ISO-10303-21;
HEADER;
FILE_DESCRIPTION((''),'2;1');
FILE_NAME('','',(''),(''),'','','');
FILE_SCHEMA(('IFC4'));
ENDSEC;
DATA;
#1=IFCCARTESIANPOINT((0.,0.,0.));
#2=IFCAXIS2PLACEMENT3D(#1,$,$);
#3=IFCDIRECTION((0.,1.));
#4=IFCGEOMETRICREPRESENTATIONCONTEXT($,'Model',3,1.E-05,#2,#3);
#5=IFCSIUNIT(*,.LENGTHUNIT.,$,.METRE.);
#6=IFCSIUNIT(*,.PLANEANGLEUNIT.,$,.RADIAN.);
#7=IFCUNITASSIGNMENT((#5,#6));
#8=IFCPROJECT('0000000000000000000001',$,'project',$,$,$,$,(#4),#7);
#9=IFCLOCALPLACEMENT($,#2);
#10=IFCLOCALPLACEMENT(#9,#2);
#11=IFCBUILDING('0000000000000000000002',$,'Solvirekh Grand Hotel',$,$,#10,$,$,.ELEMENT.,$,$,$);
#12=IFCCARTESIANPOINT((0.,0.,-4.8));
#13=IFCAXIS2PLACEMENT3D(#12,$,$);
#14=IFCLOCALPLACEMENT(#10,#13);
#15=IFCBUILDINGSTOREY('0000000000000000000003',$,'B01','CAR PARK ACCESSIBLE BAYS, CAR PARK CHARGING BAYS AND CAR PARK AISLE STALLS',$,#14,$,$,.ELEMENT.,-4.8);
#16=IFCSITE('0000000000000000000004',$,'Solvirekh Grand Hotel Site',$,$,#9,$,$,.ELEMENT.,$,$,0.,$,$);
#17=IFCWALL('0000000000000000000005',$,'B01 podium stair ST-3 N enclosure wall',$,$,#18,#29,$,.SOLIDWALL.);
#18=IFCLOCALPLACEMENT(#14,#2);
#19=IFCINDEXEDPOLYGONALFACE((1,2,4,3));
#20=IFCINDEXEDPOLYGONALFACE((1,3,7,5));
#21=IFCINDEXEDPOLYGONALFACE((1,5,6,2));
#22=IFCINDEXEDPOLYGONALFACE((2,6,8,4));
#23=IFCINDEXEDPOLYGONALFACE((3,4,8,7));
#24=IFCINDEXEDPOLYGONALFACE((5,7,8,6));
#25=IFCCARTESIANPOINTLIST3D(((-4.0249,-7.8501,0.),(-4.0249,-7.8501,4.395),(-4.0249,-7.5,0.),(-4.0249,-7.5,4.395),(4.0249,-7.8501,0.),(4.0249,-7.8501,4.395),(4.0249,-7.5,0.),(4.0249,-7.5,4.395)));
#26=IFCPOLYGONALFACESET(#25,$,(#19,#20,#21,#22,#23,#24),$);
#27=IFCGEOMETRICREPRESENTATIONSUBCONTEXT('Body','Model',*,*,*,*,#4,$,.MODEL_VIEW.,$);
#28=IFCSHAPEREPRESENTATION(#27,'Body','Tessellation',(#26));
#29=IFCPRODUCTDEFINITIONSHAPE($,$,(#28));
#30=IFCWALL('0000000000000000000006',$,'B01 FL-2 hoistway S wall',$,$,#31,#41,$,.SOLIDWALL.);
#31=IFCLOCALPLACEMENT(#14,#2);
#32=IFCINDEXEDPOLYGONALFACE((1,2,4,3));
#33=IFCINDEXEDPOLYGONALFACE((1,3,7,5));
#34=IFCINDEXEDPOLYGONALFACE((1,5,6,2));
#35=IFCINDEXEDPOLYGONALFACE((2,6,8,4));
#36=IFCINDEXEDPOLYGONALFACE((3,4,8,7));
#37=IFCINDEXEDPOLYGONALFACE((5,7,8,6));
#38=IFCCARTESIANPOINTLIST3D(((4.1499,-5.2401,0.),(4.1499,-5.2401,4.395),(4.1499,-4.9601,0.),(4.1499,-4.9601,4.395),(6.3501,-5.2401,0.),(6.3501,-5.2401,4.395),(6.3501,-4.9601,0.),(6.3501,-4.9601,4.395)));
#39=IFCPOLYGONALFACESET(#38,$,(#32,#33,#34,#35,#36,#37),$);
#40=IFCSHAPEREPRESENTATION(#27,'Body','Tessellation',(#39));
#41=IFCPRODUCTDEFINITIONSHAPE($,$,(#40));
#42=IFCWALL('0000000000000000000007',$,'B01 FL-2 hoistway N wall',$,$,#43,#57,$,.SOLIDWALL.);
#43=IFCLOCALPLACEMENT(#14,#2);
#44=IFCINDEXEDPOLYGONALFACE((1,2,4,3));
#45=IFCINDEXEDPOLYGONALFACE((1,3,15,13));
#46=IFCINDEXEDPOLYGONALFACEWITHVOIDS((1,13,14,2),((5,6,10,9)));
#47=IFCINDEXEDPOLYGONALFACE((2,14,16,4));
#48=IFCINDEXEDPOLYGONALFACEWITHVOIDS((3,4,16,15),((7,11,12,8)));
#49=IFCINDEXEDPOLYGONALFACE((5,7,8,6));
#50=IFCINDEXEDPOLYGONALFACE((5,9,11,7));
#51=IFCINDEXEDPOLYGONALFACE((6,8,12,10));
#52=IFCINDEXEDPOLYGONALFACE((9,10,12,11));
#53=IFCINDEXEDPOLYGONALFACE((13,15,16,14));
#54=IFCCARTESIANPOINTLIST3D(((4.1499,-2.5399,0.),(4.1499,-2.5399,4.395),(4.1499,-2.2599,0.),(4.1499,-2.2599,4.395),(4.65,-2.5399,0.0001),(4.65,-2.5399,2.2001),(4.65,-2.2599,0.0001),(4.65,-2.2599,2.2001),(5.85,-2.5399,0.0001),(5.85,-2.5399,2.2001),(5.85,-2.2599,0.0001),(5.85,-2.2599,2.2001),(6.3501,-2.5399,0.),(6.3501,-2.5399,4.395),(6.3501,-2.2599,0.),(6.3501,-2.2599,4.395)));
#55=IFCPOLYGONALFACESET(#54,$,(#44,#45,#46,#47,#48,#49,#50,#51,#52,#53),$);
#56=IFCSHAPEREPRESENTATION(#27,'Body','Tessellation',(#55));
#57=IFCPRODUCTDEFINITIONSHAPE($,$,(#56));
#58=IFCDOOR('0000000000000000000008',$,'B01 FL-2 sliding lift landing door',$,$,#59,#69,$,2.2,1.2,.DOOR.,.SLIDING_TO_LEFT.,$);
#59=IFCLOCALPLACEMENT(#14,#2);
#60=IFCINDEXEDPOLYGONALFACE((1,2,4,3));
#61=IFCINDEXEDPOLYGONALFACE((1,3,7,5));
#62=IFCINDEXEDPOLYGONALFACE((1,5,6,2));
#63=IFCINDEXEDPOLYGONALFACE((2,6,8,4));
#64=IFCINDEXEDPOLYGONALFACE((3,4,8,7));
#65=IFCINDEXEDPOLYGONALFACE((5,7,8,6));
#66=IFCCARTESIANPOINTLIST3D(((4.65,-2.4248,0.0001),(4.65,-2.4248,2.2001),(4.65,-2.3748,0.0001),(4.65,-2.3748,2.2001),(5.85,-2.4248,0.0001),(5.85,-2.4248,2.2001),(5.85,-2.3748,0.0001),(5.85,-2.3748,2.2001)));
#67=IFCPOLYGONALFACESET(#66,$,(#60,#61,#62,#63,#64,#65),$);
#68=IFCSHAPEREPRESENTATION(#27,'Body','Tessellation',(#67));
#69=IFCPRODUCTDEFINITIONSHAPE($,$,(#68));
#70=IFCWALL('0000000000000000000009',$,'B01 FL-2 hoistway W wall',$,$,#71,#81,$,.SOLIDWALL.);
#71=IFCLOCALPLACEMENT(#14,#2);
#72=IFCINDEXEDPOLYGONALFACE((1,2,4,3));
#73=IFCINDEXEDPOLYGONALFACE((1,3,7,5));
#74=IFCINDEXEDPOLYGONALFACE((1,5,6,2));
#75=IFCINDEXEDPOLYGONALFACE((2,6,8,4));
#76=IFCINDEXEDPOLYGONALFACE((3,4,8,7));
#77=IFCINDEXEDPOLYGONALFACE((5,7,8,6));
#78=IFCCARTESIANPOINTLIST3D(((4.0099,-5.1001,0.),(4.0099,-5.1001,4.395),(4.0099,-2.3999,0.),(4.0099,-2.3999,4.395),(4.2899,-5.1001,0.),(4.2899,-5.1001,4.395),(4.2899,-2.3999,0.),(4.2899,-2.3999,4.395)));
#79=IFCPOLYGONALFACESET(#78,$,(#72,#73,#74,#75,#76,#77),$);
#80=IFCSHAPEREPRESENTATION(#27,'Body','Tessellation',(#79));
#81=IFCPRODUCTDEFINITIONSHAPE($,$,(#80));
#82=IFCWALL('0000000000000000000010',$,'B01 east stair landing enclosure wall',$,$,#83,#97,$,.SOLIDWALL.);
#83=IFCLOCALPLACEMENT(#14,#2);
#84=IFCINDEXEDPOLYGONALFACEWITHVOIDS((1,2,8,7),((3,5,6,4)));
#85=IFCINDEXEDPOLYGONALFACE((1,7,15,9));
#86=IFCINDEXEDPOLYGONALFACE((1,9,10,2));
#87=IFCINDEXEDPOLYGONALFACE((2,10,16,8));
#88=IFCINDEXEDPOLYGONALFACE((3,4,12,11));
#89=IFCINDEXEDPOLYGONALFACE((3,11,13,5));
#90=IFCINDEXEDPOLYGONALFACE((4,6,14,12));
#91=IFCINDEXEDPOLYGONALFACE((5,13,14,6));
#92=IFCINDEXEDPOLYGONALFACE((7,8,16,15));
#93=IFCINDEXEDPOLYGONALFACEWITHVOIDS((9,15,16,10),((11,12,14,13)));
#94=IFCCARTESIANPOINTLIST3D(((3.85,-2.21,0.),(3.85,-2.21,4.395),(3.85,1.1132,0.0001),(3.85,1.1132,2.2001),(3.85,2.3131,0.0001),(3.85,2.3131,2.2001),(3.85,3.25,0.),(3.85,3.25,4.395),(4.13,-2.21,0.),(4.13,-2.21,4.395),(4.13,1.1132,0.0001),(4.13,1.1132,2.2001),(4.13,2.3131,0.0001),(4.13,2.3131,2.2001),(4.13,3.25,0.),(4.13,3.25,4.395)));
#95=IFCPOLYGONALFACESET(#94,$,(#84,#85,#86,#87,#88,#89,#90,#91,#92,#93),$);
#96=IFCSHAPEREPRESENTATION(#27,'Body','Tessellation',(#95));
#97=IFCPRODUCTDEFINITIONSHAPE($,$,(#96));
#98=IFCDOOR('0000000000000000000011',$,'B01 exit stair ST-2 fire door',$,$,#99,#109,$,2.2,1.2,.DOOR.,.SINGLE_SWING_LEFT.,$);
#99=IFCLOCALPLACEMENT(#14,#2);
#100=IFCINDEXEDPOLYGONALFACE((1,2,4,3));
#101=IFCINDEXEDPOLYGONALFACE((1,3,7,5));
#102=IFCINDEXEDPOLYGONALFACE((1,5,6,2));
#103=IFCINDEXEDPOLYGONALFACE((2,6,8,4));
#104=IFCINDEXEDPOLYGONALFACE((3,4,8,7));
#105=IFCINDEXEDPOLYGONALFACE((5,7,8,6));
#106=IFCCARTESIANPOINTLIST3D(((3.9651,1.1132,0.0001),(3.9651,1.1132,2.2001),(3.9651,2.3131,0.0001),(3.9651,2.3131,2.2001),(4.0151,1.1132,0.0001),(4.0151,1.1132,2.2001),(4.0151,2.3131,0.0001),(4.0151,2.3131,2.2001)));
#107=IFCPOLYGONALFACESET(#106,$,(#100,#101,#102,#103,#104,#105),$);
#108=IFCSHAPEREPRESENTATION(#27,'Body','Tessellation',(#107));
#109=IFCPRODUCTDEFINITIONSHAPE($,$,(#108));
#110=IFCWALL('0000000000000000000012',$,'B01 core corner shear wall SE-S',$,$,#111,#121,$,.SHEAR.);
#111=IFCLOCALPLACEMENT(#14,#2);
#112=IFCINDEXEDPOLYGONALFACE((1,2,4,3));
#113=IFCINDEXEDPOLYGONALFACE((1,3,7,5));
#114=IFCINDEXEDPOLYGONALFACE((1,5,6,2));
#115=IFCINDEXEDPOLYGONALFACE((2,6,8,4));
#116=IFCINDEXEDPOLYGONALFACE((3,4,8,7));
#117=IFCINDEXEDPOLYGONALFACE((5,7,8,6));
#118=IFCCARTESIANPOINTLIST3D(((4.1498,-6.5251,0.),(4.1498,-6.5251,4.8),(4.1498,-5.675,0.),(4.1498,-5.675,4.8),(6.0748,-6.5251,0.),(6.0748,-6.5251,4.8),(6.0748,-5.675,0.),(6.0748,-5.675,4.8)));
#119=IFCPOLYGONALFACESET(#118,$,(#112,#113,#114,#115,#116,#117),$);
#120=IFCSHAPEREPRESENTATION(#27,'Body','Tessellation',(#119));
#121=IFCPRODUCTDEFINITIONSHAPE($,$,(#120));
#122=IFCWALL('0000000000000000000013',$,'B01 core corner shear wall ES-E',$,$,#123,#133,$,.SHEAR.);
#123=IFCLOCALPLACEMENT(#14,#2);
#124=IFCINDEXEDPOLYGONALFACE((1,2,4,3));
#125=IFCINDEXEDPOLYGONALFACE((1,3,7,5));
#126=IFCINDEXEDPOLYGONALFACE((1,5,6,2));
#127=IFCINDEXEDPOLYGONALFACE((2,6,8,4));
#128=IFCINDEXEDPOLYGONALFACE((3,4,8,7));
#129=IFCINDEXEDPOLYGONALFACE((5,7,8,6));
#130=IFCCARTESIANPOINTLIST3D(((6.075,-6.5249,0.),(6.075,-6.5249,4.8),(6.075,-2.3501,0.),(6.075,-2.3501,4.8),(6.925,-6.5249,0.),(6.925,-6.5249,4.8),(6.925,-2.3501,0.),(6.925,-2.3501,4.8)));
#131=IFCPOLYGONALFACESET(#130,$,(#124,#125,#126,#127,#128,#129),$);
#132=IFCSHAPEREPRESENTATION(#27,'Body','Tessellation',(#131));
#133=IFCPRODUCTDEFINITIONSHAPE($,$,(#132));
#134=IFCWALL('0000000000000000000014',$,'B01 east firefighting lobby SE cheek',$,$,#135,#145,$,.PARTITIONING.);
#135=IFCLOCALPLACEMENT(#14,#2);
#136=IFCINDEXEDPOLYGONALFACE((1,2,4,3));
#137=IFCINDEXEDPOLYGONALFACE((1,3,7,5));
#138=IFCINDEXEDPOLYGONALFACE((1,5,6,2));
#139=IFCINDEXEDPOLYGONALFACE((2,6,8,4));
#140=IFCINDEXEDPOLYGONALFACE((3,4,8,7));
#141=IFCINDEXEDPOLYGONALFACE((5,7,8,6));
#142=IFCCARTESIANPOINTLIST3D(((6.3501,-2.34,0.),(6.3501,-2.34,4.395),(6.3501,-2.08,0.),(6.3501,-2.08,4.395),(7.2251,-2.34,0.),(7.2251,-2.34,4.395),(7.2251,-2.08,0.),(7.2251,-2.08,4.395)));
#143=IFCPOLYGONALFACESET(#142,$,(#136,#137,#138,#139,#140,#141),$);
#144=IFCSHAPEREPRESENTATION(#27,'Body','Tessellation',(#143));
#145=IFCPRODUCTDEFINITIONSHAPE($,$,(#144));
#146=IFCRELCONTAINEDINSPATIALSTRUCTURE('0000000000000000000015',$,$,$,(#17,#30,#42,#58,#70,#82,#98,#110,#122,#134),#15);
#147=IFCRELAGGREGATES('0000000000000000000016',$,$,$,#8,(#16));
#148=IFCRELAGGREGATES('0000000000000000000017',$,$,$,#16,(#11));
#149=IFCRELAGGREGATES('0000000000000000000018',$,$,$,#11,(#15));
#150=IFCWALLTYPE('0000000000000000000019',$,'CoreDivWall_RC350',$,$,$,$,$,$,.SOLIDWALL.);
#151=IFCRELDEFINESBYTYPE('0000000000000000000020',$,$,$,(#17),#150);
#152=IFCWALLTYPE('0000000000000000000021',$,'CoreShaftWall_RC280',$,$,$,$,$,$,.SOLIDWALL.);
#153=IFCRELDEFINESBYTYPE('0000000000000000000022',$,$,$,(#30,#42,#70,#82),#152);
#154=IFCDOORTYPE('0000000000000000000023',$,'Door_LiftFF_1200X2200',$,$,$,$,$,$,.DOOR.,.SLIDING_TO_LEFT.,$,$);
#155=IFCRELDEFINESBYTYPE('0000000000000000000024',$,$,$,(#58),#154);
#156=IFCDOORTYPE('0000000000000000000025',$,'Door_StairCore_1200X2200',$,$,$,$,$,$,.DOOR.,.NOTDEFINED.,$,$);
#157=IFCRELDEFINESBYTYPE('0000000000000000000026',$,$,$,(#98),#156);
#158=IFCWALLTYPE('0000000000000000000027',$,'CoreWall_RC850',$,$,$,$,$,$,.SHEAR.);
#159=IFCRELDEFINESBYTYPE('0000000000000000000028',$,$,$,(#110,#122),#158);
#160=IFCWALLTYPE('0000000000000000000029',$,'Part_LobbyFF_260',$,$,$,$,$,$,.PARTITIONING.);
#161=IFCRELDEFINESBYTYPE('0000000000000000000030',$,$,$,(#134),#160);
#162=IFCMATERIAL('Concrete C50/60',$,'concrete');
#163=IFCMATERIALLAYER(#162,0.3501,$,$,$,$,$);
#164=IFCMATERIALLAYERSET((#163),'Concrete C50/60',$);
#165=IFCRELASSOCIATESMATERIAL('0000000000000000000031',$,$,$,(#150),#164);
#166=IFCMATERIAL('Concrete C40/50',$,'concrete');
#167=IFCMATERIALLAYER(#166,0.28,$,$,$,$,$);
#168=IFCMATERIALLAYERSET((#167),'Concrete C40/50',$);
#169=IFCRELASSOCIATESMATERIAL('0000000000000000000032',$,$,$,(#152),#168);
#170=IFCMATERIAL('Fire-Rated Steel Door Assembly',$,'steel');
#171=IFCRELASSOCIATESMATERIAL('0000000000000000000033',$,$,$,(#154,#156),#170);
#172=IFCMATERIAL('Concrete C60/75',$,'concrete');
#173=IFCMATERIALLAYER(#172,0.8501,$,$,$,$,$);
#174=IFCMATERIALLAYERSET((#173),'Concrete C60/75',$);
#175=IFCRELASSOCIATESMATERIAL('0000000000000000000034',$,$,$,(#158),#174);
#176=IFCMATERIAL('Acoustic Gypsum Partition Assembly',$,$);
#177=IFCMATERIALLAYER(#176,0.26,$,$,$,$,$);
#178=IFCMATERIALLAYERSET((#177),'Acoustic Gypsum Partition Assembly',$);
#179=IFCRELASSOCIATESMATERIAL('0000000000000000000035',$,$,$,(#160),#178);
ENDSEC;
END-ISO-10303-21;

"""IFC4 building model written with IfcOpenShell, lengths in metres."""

from ifc_helpers import new_model, si_unit, direction, frame, frame_2d, origin, place, context, subcontext, project, spatial, rectangle, extrude, material, layer, layer_set, type_object, element, fill, save


model = new_model("IFC4")

# Units and contexts
model_context = context("Model", 3, precision=1e-05, world=origin(), true_north=direction((0.0, 1.0)))
body_context = subcontext(model_context, "Body", "Model", "MODEL_VIEW")
ifc_project = project(units=[si_unit("LENGTHUNIT", "METRE"), si_unit("PLANEANGLEUNIT", "RADIAN")], contexts=[model_context])

# Site, building, storey
site_placement = place(None, origin())
site = spatial("IfcSite", under=ifc_project, at=site_placement, Name="Solvirekh Grand Hotel Site", CompositionType="ELEMENT", RefElevation=0.0)
building_placement = place(site_placement, origin())
building = spatial("IfcBuilding", under=site, at=building_placement, Name="Solvirekh Grand Hotel", CompositionType="ELEMENT")
storey_placement = place(building_placement, frame((0.0, 0.0, -4.8)))
storey = spatial("IfcBuildingStorey", under=building, at=storey_placement, Name="B01", Description="CAR PARK ACCESSIBLE BAYS, CAR PARK CHARGING BAYS AND CAR PARK AISLE STALLS", CompositionType="ELEMENT", Elevation=-4.8)

# Shared definitions
ifc_material_1 = material(Name="Concrete C60/75", Category="concrete")

# Walls
ifc_material_2 = material(Name="Concrete C50/60", Category="concrete")
ifc_layer_1 = layer(ifc_material_2, 0.3501)
ifc_layer_set_1 = layer_set([ifc_layer_1], Name="Concrete C50/60")
wall_type_1 = type_object("IfcWallType", Name="CoreDivWall_RC350", PredefinedType="SOLIDWALL", material=ifc_layer_set_1)
wall_1_placement = place(storey_placement, frame((4.0249, -7.675, 0.0), z_axis=(0.0, 0.0, 1.0), x_axis=(-1.0, 0.0, 0.0)))
element("IfcWall", 1, at=wall_1_placement, inside=storey, type_object=wall_type_1, Name="B01 podium stair ST-3 N enclosure wall", PredefinedType="SOLIDWALL", context=body_context, shape_type="SweptSolid", body=[
    extrude(rectangle(XDim=8.0498, YDim=0.3501, at=frame_2d((4.0249, 0.0))), origin(), (0.0, 0.0, 1.0), 4.395),
])
ifc_material_3 = material(Name="Concrete C40/50", Category="concrete")
ifc_layer_2 = layer(ifc_material_3, 0.28)
ifc_layer_set_2 = layer_set([ifc_layer_2], Name="Concrete C40/50")
wall_type_2 = type_object("IfcWallType", Name="CoreShaftWall_RC280", PredefinedType="SOLIDWALL", material=ifc_layer_set_2)
wall_2_placement = place(storey_placement, frame((4.1499, -5.1001, 0.0), z_axis=(0.0, 0.0, 1.0), x_axis=(1.0, 0.0, 0.0)))
element("IfcWall", 2, at=wall_2_placement, inside=storey, type_object=wall_type_2, Name="B01 FL-2 hoistway S wall", PredefinedType="SOLIDWALL", context=body_context, shape_type="SweptSolid", body=[
    extrude(rectangle(XDim=2.2002, YDim=0.28, at=frame_2d((1.1001, 0.0))), origin(), (0.0, 0.0, 1.0), 4.395),
])

# Wall, opening, door
wall_3_placement = place(storey_placement, frame((6.3501, -2.3999, 0.0), z_axis=(0.0, 0.0, 1.0), x_axis=(-1.0, 0.0, 0.0)))
wall_3 = element("IfcWall", 3, at=wall_3_placement, inside=storey, type_object=wall_type_2, Name="B01 FL-2 hoistway N wall", PredefinedType="SOLIDWALL", context=body_context, shape_type="SweptSolid", body=[
    extrude(rectangle(XDim=2.2002, YDim=0.28, at=frame_2d((1.1001, 0.0))), origin(), (0.0, 0.0, 1.0), 4.395),
])
opening_1_placement = place(wall_3_placement, frame((0.5, 0.0, 0.0)))
opening_1 = element("IfcOpeningElement", 4, at=opening_1_placement, cuts=wall_3, PredefinedType="OPENING", context=body_context, shape_type="SweptSolid", body=[
    extrude(rectangle(XDim=1.2, YDim=2.2, at=frame_2d((0.6001, 1.1001))), frame((0.0, 0.1499, 0.0), z_axis=(0.0, -1.0, 0.0), x_axis=(1.0, 0.0, 0.0)), (0.0, 0.0, 1.0), 0.3),
])
ifc_material_4 = material(Name="Fire-Rated Steel Door Assembly", Category="steel")
door_type_1 = type_object("IfcDoorType", Name="Door_LiftFF_1200X2200", OperationType="SLIDING_TO_LEFT", PredefinedType="DOOR", material=ifc_material_4)
door_1_placement = place(opening_1_placement, origin())
door_1 = element("IfcDoor", 5, at=door_1_placement, inside=storey, type_object=door_type_1, Name="B01 FL-2 sliding lift landing door", OperationType="SLIDING_TO_LEFT", OverallHeight=2.2, OverallWidth=1.2, PredefinedType="DOOR", context=body_context, shape_type="SweptSolid", body=[
    extrude(rectangle(XDim=1.2, YDim=2.2, at=frame_2d((0.6001, 1.1001))), frame((0.0, 0.0249, 0.0), z_axis=(0.0, -1.0, 0.0), x_axis=(1.0, 0.0, 0.0)), (0.0, 0.0, 1.0), 0.05),
])
fill(opening_1, door_1)

# Wall
wall_4_placement = place(storey_placement, frame((4.1499, -2.3999, 0.0), z_axis=(0.0, 0.0, 1.0), x_axis=(0.0, -1.0, 0.0)))
element("IfcWall", 6, at=wall_4_placement, inside=storey, type_object=wall_type_2, Name="B01 FL-2 hoistway W wall", PredefinedType="SOLIDWALL", context=body_context, shape_type="SweptSolid", body=[
    extrude(rectangle(XDim=2.7002, YDim=0.28, at=frame_2d((1.3501, 0.0))), origin(), (0.0, 0.0, 1.0), 4.395),
])

# Wall, opening, door
wall_5_placement = place(storey_placement, frame((3.99, -2.21, 0.0), z_axis=(0.0, 0.0, 1.0), x_axis=(0.0, 1.0, 0.0)))
wall_5 = element("IfcWall", 7, at=wall_5_placement, inside=storey, type_object=wall_type_2, Name="B01 east stair landing enclosure wall", PredefinedType="SOLIDWALL", context=body_context, shape_type="SweptSolid", body=[
    extrude(rectangle(XDim=5.46, YDim=0.28, at=frame_2d((2.73, 0.0))), origin(), (0.0, 0.0, 1.0), 4.395),
])
opening_2_placement = place(wall_5_placement, frame((3.323, 0.0, 0.0)))
opening_2 = element("IfcOpeningElement", 8, at=opening_2_placement, cuts=wall_5, PredefinedType="OPENING", context=body_context, shape_type="SweptSolid", body=[
    extrude(rectangle(XDim=1.2, YDim=2.2, at=frame_2d((0.6001, 1.1001))), frame((0.0, 0.1499, 0.0), z_axis=(0.0, -1.0, 0.0), x_axis=(1.0, 0.0, 0.0)), (0.0, 0.0, 1.0), 0.3),
])
door_type_2 = type_object("IfcDoorType", Name="Door_StairCore_1200X2200", OperationType="NOTDEFINED", PredefinedType="DOOR", material=ifc_material_4)
door_2_placement = place(opening_2_placement, origin())
door_2 = element("IfcDoor", 9, at=door_2_placement, inside=storey, type_object=door_type_2, Name="B01 exit stair ST-2 fire door", OperationType="SINGLE_SWING_LEFT", OverallHeight=2.2, OverallWidth=1.2, PredefinedType="DOOR", context=body_context, shape_type="SweptSolid", body=[
    extrude(rectangle(XDim=1.2, YDim=2.2, at=frame_2d((0.6001, 1.1001))), frame((0.0, 0.0249, 0.0), z_axis=(0.0, -1.0, 0.0), x_axis=(1.0, 0.0, 0.0)), (0.0, 0.0, 1.0), 0.05),
])
fill(opening_2, door_2)

# Walls
ifc_layer_3 = layer(ifc_material_1, 0.8501)
ifc_layer_set_3 = layer_set([ifc_layer_3], Name="Concrete C60/75")
wall_type_3 = type_object("IfcWallType", Name="CoreWall_RC850", PredefinedType="SHEAR", material=ifc_layer_set_3)
wall_6_placement = place(storey_placement, frame((4.1499, -6.1001, 0.0), z_axis=(0.0, 0.0, 1.0), x_axis=(1.0, 0.0, 0.0)))
element("IfcWall", 10, at=wall_6_placement, inside=storey, type_object=wall_type_3, Name="B01 core corner shear wall SE-S", PredefinedType="SHEAR", context=body_context, shape_type="SweptSolid", body=[
    extrude(rectangle(XDim=1.925, YDim=0.8501, at=frame_2d((0.9624, 0.0))), origin(), (0.0, 0.0, 1.0), 4.8),
])
wall_7_placement = place(storey_placement, frame((6.5, -6.5249, 0.0), z_axis=(0.0, 0.0, 1.0), x_axis=(0.0, 1.0, 0.0)))
element("IfcWall", 11, at=wall_7_placement, inside=storey, type_object=wall_type_3, Name="B01 core corner shear wall ES-E", PredefinedType="SHEAR", context=body_context, shape_type="SweptSolid", body=[
    extrude(rectangle(XDim=4.1748, YDim=0.8501, at=frame_2d((2.0874, 0.0))), origin(), (0.0, 0.0, 1.0), 4.8),
])
ifc_material_5 = material(Name="Acoustic Gypsum Partition Assembly")
ifc_layer_4 = layer(ifc_material_5, 0.26)
ifc_layer_set_4 = layer_set([ifc_layer_4], Name="Acoustic Gypsum Partition Assembly")
wall_type_4 = type_object("IfcWallType", Name="Part_LobbyFF_260", PredefinedType="PARTITIONING", material=ifc_layer_set_4)
wall_8_placement = place(storey_placement, frame((6.3501, -2.21, 0.0), z_axis=(0.0, 0.0, 1.0), x_axis=(1.0, 0.0, 0.0)))
element("IfcWall", 12, at=wall_8_placement, inside=storey, type_object=wall_type_4, Name="B01 east firefighting lobby SE cheek", PredefinedType="PARTITIONING", context=body_context, shape_type="SweptSolid", body=[
    extrude(rectangle(XDim=0.875, YDim=0.26, at=frame_2d((0.4375, 0.0))), origin(), (0.0, 0.0, 1.0), 4.395),
])

save(model, "model.ifc")
